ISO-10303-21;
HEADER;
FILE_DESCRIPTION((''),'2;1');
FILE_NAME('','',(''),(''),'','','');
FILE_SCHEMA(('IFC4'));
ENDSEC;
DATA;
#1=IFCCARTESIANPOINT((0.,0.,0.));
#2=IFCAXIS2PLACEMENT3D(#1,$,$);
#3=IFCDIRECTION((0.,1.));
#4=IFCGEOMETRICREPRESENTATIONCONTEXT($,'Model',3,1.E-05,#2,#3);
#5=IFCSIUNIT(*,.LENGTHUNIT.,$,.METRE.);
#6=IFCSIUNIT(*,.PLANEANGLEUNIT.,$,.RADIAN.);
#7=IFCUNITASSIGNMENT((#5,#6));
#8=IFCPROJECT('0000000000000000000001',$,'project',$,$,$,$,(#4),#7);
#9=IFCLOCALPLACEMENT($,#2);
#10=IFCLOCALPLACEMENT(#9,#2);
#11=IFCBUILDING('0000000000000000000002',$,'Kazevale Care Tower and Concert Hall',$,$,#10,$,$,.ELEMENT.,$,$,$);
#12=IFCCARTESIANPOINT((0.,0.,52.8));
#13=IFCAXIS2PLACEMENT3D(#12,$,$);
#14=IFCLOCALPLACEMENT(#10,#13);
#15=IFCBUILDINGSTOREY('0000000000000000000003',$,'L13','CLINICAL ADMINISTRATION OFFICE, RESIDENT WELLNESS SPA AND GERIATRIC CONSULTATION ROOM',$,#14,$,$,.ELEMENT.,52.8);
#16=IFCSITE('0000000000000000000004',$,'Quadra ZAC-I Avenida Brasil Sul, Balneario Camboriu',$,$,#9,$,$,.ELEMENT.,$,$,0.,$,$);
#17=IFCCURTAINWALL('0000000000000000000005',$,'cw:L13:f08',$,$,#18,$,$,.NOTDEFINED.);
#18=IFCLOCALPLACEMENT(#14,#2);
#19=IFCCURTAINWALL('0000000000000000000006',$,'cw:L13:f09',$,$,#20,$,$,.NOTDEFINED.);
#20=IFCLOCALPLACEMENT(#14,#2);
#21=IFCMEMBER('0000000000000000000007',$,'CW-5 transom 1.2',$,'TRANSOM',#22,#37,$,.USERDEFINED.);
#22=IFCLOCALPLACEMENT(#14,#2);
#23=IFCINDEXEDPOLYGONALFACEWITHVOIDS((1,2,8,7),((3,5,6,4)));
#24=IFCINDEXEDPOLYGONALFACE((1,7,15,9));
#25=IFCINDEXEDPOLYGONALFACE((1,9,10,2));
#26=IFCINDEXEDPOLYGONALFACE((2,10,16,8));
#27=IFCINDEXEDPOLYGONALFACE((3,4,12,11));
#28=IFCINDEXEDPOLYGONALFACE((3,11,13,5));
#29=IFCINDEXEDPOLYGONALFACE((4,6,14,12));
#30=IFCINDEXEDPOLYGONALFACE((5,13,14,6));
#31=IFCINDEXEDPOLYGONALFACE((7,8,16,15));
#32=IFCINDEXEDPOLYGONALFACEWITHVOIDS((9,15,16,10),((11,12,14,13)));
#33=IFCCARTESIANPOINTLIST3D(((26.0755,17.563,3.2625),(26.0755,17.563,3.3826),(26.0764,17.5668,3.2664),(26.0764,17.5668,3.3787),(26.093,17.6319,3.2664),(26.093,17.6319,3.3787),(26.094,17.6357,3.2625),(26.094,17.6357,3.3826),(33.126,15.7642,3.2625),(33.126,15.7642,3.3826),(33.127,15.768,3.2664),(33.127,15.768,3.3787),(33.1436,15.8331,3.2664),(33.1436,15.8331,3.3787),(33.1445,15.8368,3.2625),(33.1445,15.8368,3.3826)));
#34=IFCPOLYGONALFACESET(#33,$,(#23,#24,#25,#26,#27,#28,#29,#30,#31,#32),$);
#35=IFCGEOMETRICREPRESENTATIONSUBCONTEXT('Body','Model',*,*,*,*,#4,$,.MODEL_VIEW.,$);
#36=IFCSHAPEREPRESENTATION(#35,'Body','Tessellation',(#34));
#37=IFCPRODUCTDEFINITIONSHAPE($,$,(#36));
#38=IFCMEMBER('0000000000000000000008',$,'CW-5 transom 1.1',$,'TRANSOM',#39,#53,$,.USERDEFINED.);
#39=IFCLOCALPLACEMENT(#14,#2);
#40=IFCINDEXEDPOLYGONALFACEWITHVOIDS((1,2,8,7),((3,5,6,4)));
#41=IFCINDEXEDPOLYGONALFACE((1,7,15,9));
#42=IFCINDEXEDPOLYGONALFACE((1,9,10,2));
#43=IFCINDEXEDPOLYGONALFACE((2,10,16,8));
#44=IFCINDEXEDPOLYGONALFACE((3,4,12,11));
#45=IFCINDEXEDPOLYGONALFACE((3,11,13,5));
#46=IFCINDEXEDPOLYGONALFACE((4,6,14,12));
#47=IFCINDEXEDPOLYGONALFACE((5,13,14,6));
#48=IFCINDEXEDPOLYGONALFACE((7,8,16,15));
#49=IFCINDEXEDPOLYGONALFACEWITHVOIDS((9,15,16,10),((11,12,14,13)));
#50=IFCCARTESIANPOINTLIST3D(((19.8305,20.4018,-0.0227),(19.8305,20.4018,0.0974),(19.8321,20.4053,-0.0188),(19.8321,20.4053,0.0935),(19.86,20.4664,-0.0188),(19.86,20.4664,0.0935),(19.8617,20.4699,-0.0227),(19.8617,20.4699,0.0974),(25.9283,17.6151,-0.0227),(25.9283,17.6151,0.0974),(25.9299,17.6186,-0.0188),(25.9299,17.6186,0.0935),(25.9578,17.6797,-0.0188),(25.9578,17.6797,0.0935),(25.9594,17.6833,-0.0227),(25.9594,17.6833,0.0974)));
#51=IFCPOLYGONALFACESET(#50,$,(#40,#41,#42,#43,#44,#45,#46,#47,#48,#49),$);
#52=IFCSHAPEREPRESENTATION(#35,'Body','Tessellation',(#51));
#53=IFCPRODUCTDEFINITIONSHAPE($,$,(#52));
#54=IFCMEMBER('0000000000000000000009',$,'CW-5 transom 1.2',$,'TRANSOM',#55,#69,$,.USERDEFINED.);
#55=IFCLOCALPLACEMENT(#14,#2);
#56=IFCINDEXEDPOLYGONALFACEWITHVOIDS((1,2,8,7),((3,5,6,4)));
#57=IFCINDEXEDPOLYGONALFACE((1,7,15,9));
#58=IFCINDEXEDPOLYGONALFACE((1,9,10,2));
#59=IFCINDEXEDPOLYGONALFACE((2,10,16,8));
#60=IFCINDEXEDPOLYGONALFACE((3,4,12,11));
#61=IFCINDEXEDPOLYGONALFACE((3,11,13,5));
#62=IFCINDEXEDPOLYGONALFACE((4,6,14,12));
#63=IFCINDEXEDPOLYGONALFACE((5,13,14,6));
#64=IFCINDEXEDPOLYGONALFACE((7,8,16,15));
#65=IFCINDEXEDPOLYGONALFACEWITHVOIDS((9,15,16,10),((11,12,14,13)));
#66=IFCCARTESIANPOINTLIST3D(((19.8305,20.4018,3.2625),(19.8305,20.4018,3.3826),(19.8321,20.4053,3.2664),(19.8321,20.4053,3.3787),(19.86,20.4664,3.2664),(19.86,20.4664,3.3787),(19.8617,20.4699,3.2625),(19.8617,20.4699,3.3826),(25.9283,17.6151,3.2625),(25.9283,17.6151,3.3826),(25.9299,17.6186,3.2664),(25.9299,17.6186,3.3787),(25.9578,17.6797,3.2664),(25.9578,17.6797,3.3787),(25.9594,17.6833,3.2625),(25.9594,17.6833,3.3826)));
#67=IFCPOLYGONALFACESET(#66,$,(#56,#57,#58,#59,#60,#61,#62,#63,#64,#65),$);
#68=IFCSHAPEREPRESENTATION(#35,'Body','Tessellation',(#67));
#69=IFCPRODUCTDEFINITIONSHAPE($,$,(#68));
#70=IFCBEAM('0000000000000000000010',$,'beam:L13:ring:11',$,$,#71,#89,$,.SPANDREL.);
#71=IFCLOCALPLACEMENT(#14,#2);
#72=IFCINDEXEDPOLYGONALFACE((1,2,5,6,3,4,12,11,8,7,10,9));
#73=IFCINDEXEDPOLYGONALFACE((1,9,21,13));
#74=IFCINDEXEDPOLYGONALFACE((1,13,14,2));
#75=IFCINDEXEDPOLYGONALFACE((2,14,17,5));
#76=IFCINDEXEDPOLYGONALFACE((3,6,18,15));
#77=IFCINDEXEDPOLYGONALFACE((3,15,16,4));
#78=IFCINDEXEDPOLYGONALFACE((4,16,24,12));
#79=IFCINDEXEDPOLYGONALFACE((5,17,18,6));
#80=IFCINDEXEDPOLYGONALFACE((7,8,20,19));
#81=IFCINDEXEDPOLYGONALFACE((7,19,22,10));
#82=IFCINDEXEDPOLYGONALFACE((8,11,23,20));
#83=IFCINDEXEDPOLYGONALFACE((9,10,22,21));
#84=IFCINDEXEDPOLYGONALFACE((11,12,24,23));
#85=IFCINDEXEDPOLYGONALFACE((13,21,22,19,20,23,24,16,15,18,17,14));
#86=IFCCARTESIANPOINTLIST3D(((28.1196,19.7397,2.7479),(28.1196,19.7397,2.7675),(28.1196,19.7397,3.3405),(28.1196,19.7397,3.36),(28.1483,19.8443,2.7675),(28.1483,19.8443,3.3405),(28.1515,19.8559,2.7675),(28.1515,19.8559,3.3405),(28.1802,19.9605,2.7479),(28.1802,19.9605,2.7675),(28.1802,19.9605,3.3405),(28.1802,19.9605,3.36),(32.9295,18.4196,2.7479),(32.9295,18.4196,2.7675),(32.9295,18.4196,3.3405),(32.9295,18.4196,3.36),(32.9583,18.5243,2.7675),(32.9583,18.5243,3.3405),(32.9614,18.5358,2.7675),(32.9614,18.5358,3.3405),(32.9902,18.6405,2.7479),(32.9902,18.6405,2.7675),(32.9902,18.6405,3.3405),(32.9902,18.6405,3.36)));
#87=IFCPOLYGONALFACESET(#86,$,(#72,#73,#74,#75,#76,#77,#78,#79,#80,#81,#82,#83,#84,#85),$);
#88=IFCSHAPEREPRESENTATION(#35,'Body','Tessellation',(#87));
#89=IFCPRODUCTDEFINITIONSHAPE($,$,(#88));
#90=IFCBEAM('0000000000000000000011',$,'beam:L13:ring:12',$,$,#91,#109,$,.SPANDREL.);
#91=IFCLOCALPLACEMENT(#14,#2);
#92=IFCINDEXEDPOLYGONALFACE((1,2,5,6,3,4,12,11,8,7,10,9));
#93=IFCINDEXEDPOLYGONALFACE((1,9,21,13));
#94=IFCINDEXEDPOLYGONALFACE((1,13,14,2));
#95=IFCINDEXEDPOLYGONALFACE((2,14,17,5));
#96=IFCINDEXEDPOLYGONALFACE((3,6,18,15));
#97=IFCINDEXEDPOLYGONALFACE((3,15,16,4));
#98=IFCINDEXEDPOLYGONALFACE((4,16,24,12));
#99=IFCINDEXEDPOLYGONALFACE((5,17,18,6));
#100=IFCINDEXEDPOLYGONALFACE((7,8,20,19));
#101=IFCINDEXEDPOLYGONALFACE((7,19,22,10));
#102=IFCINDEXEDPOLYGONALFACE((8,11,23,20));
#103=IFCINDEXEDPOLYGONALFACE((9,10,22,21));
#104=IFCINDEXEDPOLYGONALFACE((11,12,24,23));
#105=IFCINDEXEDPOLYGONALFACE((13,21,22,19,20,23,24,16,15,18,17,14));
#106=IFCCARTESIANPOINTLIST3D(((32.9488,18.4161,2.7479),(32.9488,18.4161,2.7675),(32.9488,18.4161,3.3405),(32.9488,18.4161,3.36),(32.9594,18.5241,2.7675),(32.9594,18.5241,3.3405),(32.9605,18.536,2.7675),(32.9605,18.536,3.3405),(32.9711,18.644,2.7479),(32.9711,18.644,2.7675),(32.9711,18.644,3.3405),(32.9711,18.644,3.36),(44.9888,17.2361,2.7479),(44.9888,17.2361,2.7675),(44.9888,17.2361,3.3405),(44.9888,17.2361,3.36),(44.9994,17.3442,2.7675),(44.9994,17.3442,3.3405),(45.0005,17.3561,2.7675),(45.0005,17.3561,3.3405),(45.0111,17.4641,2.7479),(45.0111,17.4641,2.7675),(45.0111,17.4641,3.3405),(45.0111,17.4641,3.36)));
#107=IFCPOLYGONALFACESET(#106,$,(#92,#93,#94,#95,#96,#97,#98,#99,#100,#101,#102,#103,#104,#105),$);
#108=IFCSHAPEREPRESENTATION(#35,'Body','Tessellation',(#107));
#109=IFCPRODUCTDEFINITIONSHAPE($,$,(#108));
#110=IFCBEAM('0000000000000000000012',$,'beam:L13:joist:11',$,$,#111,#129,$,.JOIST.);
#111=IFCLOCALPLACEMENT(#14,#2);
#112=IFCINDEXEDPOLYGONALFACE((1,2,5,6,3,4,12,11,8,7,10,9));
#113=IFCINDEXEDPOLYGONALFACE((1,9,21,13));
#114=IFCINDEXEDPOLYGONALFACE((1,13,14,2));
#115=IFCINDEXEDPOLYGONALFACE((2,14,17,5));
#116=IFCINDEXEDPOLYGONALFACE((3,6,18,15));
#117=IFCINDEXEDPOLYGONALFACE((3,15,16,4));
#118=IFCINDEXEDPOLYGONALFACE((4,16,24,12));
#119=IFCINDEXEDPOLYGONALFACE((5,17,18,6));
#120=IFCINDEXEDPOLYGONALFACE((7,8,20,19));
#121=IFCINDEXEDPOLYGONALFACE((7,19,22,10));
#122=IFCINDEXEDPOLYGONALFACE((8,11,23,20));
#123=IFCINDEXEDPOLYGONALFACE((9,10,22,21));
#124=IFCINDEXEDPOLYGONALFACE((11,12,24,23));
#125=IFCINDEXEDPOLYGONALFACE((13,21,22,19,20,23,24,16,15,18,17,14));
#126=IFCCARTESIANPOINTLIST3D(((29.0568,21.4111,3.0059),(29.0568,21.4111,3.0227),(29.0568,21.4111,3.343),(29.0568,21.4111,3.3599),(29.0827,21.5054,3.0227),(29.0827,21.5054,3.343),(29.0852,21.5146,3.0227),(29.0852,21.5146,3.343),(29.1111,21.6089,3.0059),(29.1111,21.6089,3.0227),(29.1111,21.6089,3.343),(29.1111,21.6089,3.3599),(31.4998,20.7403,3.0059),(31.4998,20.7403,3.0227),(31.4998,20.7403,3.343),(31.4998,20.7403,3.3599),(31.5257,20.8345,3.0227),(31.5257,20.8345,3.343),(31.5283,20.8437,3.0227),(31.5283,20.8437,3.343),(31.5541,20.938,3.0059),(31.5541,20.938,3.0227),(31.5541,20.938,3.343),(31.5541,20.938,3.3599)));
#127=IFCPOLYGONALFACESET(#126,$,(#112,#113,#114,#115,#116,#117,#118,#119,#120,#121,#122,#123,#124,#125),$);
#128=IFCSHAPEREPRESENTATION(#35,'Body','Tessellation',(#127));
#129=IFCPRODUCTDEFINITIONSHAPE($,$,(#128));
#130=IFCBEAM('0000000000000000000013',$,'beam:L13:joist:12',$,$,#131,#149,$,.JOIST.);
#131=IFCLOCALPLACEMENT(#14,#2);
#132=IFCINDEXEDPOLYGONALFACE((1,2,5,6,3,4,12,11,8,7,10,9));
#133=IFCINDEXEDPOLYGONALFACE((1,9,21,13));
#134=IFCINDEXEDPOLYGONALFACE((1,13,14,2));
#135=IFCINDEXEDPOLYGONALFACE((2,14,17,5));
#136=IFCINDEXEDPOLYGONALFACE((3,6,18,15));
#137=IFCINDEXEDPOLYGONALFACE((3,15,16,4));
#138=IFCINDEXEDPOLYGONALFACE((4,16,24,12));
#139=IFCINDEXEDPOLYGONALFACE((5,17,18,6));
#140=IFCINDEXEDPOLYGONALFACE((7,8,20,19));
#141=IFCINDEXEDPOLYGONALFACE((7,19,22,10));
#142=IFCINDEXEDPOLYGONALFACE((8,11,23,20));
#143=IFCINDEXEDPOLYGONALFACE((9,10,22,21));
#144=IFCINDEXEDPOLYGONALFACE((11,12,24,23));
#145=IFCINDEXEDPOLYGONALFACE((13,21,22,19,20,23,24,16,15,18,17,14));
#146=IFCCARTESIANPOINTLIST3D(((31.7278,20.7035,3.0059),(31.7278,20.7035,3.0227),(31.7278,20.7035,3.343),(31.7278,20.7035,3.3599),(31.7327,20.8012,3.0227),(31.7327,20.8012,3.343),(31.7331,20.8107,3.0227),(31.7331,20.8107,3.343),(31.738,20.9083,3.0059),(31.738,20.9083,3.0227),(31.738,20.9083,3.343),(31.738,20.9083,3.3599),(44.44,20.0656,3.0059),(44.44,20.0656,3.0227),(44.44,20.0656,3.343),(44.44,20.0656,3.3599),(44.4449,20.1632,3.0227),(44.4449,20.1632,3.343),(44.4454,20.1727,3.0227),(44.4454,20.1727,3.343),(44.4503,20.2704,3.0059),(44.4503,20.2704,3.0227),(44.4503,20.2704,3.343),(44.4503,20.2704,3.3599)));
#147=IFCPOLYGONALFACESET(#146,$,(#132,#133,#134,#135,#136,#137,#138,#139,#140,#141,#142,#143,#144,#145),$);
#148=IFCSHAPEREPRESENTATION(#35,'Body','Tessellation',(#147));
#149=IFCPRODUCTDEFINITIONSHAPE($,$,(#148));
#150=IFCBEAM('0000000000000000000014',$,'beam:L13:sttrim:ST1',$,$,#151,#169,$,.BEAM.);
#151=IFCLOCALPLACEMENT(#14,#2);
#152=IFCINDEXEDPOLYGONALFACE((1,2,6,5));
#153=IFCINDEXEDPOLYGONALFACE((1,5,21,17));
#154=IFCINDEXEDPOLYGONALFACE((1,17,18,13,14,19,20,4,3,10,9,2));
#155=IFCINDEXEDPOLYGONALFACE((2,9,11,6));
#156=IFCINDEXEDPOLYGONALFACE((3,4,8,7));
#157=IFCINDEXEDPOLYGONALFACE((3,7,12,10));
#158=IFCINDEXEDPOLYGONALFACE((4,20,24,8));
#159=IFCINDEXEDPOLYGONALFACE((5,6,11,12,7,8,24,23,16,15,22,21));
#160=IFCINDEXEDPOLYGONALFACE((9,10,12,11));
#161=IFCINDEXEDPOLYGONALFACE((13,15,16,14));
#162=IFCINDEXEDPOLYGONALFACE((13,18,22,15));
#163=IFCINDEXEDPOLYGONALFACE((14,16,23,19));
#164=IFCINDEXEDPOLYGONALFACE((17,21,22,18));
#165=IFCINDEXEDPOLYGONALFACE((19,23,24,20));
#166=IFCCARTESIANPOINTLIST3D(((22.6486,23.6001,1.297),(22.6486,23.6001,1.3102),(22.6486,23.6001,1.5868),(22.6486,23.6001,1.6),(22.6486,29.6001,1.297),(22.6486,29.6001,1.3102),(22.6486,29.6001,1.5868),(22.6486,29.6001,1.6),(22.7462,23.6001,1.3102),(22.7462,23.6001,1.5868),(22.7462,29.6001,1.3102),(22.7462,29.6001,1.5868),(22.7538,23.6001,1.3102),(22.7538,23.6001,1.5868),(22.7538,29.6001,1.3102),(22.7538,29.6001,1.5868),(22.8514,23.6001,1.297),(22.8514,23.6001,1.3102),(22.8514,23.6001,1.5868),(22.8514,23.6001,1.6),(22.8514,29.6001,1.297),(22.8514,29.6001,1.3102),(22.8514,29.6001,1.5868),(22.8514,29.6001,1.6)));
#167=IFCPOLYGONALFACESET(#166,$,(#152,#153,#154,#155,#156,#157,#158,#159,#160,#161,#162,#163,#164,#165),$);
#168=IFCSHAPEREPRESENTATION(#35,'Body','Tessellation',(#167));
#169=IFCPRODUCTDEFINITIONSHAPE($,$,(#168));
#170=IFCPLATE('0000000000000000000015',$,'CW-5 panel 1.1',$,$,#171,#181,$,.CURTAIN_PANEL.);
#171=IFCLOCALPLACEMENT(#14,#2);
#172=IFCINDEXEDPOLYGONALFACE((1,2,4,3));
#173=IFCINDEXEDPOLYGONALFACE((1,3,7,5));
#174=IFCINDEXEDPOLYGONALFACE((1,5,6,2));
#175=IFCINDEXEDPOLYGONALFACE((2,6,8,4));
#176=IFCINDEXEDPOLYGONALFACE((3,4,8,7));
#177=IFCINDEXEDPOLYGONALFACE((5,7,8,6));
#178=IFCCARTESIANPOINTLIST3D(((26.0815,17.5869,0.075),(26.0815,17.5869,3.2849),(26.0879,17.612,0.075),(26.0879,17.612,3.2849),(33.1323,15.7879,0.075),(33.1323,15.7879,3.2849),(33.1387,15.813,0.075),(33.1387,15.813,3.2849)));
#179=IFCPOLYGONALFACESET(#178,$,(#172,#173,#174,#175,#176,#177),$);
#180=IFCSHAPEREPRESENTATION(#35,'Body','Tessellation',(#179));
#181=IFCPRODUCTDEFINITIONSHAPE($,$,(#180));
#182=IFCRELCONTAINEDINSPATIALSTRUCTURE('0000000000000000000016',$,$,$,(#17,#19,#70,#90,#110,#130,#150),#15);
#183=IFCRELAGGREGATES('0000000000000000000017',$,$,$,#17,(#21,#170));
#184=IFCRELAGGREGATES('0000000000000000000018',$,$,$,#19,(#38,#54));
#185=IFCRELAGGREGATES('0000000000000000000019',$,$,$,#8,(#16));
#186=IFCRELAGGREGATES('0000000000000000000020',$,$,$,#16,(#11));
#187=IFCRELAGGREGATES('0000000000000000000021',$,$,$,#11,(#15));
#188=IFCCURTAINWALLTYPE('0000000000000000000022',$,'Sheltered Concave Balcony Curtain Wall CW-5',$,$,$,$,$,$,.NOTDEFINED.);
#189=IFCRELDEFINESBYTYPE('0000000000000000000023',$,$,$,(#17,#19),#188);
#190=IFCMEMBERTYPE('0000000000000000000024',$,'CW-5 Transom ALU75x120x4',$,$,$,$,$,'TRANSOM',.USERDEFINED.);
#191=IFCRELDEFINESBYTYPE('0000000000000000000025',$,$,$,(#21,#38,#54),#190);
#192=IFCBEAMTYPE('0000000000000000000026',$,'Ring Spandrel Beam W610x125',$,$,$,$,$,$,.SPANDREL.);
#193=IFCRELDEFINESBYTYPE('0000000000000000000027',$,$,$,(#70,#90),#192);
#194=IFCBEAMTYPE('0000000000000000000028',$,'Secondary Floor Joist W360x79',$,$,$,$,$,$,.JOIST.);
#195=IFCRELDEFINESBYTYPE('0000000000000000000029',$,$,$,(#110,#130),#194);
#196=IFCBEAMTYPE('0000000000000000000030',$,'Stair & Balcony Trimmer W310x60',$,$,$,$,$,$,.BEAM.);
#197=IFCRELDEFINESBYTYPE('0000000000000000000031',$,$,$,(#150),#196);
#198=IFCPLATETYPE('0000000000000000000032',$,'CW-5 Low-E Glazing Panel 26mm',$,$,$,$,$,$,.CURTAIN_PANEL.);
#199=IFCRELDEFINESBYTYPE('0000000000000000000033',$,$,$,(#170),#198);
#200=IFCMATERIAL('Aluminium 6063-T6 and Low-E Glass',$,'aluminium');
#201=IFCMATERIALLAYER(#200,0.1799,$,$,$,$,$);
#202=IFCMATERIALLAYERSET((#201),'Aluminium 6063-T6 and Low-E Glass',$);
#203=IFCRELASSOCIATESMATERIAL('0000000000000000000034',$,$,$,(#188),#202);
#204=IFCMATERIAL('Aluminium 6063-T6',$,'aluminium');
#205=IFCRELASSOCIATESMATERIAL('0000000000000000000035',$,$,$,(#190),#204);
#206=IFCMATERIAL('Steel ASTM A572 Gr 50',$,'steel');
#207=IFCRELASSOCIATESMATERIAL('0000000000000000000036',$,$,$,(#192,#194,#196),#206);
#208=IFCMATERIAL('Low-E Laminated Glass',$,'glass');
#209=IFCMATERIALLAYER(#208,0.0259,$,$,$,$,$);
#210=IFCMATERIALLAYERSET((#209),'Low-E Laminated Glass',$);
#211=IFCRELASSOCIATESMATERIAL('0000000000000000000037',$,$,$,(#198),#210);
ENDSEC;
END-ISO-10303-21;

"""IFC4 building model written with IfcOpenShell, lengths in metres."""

from ifc_helpers import new_model, si_unit, direction, frame, origin, origin_2d, place, context, subcontext, project, spatial, rectangle, hollow_rectangle, i_section, extrude, material, layer, layer_set, material_profile, profile_set, type_object, element, aggregate, save


model = new_model("IFC4")

# Units and contexts
model_context = context("Model", 3, precision=1e-05, world=origin(), true_north=direction((0.0, 1.0)))
body_context = subcontext(model_context, "Body", "Model", "MODEL_VIEW")
ifc_project = project(units=[si_unit("LENGTHUNIT", "METRE"), si_unit("PLANEANGLEUNIT", "RADIAN")], contexts=[model_context])

# Site, building, storey
site_placement = place(None, origin())
site = spatial("IfcSite", under=ifc_project, at=site_placement, Name="Quadra ZAC-I Avenida Brasil Sul, Balneario Camboriu", CompositionType="ELEMENT", RefElevation=0.0)
building_placement = place(site_placement, origin())
building = spatial("IfcBuilding", under=site, at=building_placement, Name="Kazevale Care Tower and Concert Hall", CompositionType="ELEMENT")
storey_placement = place(building_placement, frame((0.0, 0.0, 52.8)))
storey = spatial("IfcBuildingStorey", under=building, at=storey_placement, Name="L13", Description="CLINICAL ADMINISTRATION OFFICE, RESIDENT WELLNESS SPA AND GERIATRIC CONSULTATION ROOM", CompositionType="ELEMENT", Elevation=52.8)

# Shared definitions
ifc_material_1 = material(Name="Aluminium 6063-T6 and Low-E Glass", Category="aluminium")
ifc_layer_1 = layer(ifc_material_1, 0.1799)
ifc_layer_set_1 = layer_set([ifc_layer_1], Name="Aluminium 6063-T6 and Low-E Glass")
curtain_wall_type = type_object("IfcCurtainWallType", Name="Sheltered Concave Balcony Curtain Wall CW-5", PredefinedType="NOTDEFINED", material=ifc_layer_set_1)
ifc_material_2 = material(Name="Aluminium 6063-T6", Category="aluminium")

# Curtain wall
curtain_wall_1_placement = place(storey_placement, origin())
curtain_wall_1 = element("IfcCurtainWall", 1, at=curtain_wall_1_placement, inside=storey, type_object=curtain_wall_type, Name="cw:L13:f08", PredefinedType="NOTDEFINED")

# Curtain wall
curtain_wall_2_placement = place(storey_placement, origin())
curtain_wall_2 = element("IfcCurtainWall", 2, at=curtain_wall_2_placement, inside=storey, type_object=curtain_wall_type, Name="cw:L13:f09", PredefinedType="NOTDEFINED")

# Members
ifc_material_profile_1 = material_profile(ifc_material_2, hollow_rectangle(XDim=0.075, YDim=0.1201, WallThickness=0.0039, at=origin_2d()), Name="ALU75x120x4")
ifc_profile_set_1 = profile_set([ifc_material_profile_1], Name="Aluminium 6063-T6")
member_type_1 = type_object("IfcMemberType", Name="CW-5 Transom ALU75x120x4", ElementType="TRANSOM", PredefinedType="USERDEFINED", material=ifc_profile_set_1)
member_1_placement = place(storey_placement, frame((33.1353, 15.8005, 3.3225), z_axis=(-0.968961, 0.247214, 0.0), x_axis=(-0.247214, -0.968961, 0.0)))
member_1 = element("IfcMember", 3, at=member_1_placement, type_object=member_type_1, Name="CW-5 transom 1.2", ObjectType="TRANSOM", PredefinedType="USERDEFINED", context=body_context, shape_type="SweptSolid", body=[
    extrude(hollow_rectangle(XDim=0.075, YDim=0.1201, WallThickness=0.0039, at=origin_2d()), origin(), (0.0, 0.0, 1.0), 7.2764),
])
member_2_placement = place(storey_placement, frame((25.9438, 17.6492, 0.0374), z_axis=(-0.909524, 0.415651, 0.0), x_axis=(-0.415651, -0.909524, 0.0)))
member_2 = element("IfcMember", 4, at=member_2_placement, type_object=member_type_1, Name="CW-5 transom 1.1", ObjectType="TRANSOM", PredefinedType="USERDEFINED", context=body_context, shape_type="SweptSolid", body=[
    extrude(hollow_rectangle(XDim=0.075, YDim=0.1201, WallThickness=0.0039, at=origin_2d()), origin(), (0.0, 0.0, 1.0), 6.7043),
])
member_3_placement = place(storey_placement, frame((25.9438, 17.6492, 3.3225), z_axis=(-0.909524, 0.415651, 0.0), x_axis=(-0.415651, -0.909524, 0.0)))
member_3 = element("IfcMember", 5, at=member_3_placement, type_object=member_type_1, Name="CW-5 transom 1.2", ObjectType="TRANSOM", PredefinedType="USERDEFINED", context=body_context, shape_type="SweptSolid", body=[
    extrude(hollow_rectangle(XDim=0.075, YDim=0.1201, WallThickness=0.0039, at=origin_2d()), origin(), (0.0, 0.0, 1.0), 6.7043),
])

# Beams
ifc_material_3 = material(Name="Steel ASTM A572 Gr 50", Category="steel")
ifc_material_profile_2 = material_profile(ifc_material_3, i_section(OverallWidth=0.229, OverallDepth=0.6121, WebThickness=0.012, FlangeThickness=0.0195, at=origin_2d()), Name="W610x125")
ifc_profile_set_2 = profile_set([ifc_material_profile_2], Name="Steel ASTM A572 Gr 50")
beam_type_1 = type_object("IfcBeamType", Name="Ring Spandrel Beam W610x125", PredefinedType="SPANDREL", material=ifc_profile_set_2)
beam_1_placement = place(storey_placement, frame((28.1499, 19.8501, 3.054), z_axis=(0.964344, -0.264654, 0.0), x_axis=(0.264654, 0.964344, 0.0)))
element("IfcBeam", 6, at=beam_1_placement, inside=storey, type_object=beam_type_1, Name="beam:L13:ring:11", PredefinedType="SPANDREL", context=body_context, shape_type="SweptSolid", body=[
    extrude(i_section(OverallWidth=0.229, OverallDepth=0.6121, WebThickness=0.012, FlangeThickness=0.0195, at=origin_2d()), origin(), (0.0, 0.0, 1.0), 4.9878),
])
beam_2_placement = place(storey_placement, frame((32.96, 18.53, 3.054), z_axis=(0.995232, -0.097533, 0.0), x_axis=(0.097533, 0.995232, 0.0)))
element("IfcBeam", 7, at=beam_2_placement, inside=storey, type_object=beam_type_1, Name="beam:L13:ring:12", PredefinedType="SPANDREL", context=body_context, shape_type="SweptSolid", body=[
    extrude(i_section(OverallWidth=0.229, OverallDepth=0.6121, WebThickness=0.012, FlangeThickness=0.0195, at=origin_2d()), origin(), (0.0, 0.0, 1.0), 12.0977),
])
ifc_material_profile_3 = material_profile(ifc_material_3, i_section(OverallWidth=0.2051, OverallDepth=0.354, WebThickness=0.0095, FlangeThickness=0.0168, at=origin_2d()), Name="W360x79")
ifc_profile_set_3 = profile_set([ifc_material_profile_3], Name="Steel ASTM A572 Gr 50")
beam_type_2 = type_object("IfcBeamType", Name="Secondary Floor Joist W360x79", PredefinedType="JOIST", material=ifc_profile_set_3)
beam_3_placement = place(storey_placement, frame((29.084, 21.51, 3.1829), z_axis=(0.964302, -0.264805, 0.0), x_axis=(0.264805, 0.964302, 0.0)))
element("IfcBeam", 8, at=beam_3_placement, inside=storey, type_object=beam_type_2, Name="beam:L13:joist:11", PredefinedType="JOIST", context=body_context, shape_type="SweptSolid", body=[
    extrude(i_section(OverallWidth=0.2051, OverallDepth=0.354, WebThickness=0.0095, FlangeThickness=0.0168, at=origin_2d()), origin(), (0.0, 0.0, 1.0), 2.5334),
])
beam_4_placement = place(storey_placement, frame((31.7329, 20.8059, 3.1829), z_axis=(0.998743, -0.05012, 0.0), x_axis=(0.05012, 0.998743, 0.0)))
element("IfcBeam", 9, at=beam_4_placement, inside=storey, type_object=beam_type_2, Name="beam:L13:joist:12", PredefinedType="JOIST", context=body_context, shape_type="SweptSolid", body=[
    extrude(i_section(OverallWidth=0.2051, OverallDepth=0.354, WebThickness=0.0095, FlangeThickness=0.0168, at=origin_2d()), origin(), (0.0, 0.0, 1.0), 12.7283),
])
ifc_material_profile_4 = material_profile(ifc_material_3, i_section(OverallWidth=0.2029, OverallDepth=0.303, WebThickness=0.0076, FlangeThickness=0.0132, at=origin_2d()), Name="W310x60")
ifc_profile_set_4 = profile_set([ifc_material_profile_4], Name="Steel ASTM A572 Gr 50")
beam_type_3 = type_object("IfcBeamType", Name="Stair & Balcony Trimmer W310x60", PredefinedType="BEAM", material=ifc_profile_set_4)
beam_5_placement = place(storey_placement, frame((22.75, 23.6001, 1.4485), z_axis=(0.0, 1.0, 0.0), x_axis=(-1.0, 0.0, 0.0)))
element("IfcBeam", 10, at=beam_5_placement, inside=storey, type_object=beam_type_3, Name="beam:L13:sttrim:ST1", PredefinedType="BEAM", context=body_context, shape_type="SweptSolid", body=[
    extrude(i_section(OverallWidth=0.2029, OverallDepth=0.303, WebThickness=0.0076, FlangeThickness=0.0132, at=origin_2d()), origin(), (0.0, 0.0, 1.0), 6.0),
])

# Plate
ifc_material_4 = material(Name="Low-E Laminated Glass", Category="glass")
ifc_layer_2 = layer(ifc_material_4, 0.0259)
ifc_layer_set_2 = layer_set([ifc_layer_2], Name="Low-E Laminated Glass")
plate_type = type_object("IfcPlateType", Name="CW-5 Low-E Glazing Panel 26mm", PredefinedType="CURTAIN_PANEL", material=ifc_layer_set_2)
plate_1_placement = place(storey_placement, frame((29.6101, 16.7, 0.075), z_axis=(0.0, 0.0, 1.0), x_axis=(-0.968959, 0.247222, 0.0)))
plate_1 = element("IfcPlate", 11, at=plate_1_placement, type_object=plate_type, Name="CW-5 panel 1.1", PredefinedType="CURTAIN_PANEL", context=body_context, shape_type="SweptSolid", body=[
    extrude(rectangle(XDim=7.2766, YDim=0.0259, at=origin_2d()), origin(), (0.0, 0.0, 1.0), 3.21),
])
aggregate(curtain_wall_1, [member_1, plate_1])
aggregate(curtain_wall_2, [member_2, member_3])

save(model, "model.ifc")
